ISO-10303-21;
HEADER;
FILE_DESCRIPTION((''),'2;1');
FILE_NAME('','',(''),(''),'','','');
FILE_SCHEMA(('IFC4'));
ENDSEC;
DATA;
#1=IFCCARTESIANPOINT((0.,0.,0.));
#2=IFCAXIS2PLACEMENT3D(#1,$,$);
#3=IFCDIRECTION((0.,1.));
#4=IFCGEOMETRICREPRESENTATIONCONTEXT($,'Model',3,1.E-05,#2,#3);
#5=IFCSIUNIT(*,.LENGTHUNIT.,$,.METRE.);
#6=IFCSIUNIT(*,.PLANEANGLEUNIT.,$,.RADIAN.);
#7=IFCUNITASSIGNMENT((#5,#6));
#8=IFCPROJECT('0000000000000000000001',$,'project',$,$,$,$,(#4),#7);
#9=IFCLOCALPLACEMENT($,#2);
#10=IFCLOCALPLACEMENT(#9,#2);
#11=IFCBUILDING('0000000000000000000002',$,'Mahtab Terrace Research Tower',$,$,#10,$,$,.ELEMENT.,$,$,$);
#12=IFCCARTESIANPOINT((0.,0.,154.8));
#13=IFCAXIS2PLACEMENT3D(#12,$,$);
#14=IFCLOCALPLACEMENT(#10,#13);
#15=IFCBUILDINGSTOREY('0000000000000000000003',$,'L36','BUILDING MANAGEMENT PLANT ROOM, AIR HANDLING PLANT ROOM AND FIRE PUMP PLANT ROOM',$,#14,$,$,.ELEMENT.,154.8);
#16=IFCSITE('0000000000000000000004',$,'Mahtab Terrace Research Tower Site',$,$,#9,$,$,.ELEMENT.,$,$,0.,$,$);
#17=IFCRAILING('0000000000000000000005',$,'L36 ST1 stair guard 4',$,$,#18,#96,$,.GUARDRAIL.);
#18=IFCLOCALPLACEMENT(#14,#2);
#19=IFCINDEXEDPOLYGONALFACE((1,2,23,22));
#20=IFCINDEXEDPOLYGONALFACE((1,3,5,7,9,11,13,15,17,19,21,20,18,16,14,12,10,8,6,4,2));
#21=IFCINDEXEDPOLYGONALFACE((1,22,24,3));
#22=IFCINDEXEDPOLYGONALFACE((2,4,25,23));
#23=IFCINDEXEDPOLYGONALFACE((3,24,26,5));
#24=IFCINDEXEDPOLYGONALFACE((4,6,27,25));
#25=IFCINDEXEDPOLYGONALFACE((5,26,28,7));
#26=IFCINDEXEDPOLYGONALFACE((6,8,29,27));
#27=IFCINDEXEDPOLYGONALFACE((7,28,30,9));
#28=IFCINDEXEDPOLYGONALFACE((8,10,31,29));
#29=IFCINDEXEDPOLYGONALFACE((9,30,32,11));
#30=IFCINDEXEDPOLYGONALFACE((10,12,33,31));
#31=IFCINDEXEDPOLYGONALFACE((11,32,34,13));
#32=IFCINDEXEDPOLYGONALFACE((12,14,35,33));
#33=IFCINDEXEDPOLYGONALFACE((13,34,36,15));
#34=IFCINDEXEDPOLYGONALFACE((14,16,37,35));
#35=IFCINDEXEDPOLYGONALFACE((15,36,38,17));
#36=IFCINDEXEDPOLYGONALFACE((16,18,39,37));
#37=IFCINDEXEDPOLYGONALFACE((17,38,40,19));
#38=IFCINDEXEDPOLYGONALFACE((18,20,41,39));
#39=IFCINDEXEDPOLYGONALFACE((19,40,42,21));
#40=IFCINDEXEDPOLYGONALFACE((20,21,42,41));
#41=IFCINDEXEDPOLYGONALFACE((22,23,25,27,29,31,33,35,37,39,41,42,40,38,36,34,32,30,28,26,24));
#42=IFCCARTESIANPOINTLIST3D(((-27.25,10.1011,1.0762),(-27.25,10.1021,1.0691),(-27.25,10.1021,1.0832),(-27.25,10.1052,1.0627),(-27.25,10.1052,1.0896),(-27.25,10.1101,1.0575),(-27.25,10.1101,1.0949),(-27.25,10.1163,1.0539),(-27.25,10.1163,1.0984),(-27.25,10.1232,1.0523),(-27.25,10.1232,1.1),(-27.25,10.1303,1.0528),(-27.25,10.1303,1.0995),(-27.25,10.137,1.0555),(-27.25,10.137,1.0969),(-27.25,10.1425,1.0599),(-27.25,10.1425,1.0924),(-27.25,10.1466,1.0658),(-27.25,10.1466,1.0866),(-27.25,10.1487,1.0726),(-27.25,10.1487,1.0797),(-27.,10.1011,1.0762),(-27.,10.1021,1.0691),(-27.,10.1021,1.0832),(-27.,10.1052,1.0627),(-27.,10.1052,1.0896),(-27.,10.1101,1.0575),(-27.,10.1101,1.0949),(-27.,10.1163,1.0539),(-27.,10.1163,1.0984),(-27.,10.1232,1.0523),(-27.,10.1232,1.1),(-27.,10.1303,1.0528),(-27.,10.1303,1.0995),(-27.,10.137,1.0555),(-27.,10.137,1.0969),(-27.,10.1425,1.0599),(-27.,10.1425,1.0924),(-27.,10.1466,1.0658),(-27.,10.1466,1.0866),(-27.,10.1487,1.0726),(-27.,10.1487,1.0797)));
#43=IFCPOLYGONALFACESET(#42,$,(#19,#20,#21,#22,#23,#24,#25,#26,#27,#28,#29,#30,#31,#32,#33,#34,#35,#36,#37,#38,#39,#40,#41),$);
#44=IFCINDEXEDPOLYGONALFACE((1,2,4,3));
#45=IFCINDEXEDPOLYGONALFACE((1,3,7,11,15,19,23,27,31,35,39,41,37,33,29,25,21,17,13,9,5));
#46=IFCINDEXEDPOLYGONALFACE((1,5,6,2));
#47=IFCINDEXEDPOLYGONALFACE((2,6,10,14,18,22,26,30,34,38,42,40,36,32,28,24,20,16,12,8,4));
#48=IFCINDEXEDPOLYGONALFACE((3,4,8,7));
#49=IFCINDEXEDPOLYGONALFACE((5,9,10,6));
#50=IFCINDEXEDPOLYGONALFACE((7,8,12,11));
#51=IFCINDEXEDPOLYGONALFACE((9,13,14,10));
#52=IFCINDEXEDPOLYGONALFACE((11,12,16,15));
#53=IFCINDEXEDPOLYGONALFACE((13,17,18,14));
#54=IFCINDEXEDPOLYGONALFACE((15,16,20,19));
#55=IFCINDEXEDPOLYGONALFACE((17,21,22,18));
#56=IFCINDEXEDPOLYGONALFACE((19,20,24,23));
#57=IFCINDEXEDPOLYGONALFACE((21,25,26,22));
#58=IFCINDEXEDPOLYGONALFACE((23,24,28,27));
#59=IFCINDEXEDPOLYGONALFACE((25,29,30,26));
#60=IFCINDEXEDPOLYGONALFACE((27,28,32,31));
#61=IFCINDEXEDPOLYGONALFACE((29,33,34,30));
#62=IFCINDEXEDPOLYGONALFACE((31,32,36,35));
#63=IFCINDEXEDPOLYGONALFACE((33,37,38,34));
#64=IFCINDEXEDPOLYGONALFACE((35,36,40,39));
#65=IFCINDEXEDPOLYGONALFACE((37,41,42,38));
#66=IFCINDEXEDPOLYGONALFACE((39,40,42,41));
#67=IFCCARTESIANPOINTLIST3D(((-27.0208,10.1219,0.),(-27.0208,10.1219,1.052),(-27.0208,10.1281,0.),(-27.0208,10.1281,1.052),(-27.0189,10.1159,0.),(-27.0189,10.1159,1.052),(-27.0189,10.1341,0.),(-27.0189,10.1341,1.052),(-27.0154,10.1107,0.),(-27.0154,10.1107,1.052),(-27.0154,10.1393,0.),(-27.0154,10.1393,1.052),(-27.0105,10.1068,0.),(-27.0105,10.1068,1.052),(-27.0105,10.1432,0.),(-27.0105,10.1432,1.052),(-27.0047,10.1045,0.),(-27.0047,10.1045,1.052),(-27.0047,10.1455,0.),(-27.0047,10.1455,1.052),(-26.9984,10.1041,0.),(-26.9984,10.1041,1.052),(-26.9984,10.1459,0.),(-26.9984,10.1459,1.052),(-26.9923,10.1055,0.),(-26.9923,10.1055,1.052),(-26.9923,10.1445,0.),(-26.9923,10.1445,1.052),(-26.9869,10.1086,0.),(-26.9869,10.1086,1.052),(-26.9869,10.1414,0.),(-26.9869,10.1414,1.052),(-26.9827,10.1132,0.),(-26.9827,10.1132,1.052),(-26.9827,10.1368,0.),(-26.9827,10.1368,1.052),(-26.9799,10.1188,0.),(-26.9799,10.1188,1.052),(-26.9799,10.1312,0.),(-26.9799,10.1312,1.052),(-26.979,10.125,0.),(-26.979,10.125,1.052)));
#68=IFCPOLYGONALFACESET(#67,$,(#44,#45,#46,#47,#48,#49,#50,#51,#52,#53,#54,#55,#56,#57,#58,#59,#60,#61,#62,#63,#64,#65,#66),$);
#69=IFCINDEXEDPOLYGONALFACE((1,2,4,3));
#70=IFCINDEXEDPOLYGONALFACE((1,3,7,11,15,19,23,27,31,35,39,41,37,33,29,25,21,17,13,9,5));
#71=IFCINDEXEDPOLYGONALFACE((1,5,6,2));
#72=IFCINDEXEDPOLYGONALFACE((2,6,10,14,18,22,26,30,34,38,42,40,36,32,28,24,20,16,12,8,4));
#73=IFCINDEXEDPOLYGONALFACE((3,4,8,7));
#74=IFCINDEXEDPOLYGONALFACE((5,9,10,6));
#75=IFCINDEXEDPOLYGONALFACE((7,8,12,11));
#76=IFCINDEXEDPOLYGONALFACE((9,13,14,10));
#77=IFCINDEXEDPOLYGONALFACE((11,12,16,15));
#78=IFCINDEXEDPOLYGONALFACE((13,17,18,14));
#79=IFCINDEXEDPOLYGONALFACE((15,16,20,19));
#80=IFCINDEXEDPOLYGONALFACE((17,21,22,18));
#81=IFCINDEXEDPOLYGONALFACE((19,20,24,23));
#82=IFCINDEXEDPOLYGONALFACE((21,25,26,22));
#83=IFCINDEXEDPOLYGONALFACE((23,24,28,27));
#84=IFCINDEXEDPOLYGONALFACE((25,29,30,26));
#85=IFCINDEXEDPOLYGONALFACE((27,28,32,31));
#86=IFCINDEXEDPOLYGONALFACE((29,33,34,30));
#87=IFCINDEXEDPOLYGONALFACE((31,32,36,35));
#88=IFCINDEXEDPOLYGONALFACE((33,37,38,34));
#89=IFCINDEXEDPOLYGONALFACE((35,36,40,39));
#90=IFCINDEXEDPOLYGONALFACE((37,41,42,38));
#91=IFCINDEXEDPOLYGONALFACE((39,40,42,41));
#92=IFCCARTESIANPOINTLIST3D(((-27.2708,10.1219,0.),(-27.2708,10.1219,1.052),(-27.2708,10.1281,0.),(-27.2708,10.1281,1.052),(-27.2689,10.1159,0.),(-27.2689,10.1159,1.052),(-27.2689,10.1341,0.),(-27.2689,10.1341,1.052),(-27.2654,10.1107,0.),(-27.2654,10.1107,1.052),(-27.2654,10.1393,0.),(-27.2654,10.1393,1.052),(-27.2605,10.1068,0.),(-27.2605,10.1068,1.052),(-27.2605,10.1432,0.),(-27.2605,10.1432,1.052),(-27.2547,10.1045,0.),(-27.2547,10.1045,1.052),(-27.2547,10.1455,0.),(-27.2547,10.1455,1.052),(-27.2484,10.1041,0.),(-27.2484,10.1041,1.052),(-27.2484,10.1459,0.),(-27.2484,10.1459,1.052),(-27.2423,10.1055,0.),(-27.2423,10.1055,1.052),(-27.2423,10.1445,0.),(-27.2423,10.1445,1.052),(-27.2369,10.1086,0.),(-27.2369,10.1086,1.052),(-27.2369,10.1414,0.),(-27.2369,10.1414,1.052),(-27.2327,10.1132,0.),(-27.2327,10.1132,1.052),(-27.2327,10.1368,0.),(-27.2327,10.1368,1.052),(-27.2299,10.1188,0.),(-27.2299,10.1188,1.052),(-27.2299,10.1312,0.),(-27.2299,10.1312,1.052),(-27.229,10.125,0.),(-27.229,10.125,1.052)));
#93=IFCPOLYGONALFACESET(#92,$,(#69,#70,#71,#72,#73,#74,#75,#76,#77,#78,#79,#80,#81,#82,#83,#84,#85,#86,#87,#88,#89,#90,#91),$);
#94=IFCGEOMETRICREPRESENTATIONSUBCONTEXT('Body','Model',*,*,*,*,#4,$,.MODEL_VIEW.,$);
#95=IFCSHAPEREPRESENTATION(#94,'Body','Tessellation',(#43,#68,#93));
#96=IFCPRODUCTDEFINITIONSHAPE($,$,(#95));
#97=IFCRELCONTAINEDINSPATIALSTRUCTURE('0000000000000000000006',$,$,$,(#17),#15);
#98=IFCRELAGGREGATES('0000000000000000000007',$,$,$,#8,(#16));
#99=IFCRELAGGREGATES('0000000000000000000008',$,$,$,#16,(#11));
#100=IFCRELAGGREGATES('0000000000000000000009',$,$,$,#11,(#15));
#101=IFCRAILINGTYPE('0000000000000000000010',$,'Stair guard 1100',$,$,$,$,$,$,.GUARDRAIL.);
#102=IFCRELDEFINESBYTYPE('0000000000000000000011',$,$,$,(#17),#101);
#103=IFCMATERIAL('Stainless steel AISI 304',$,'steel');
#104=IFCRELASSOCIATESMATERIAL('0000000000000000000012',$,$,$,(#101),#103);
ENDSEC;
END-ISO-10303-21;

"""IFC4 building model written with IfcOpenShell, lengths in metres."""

from ifc_helpers import new_model, si_unit, direction, frame, origin, origin_2d, place, context, subcontext, project, spatial, circle, extrude, material, type_object, element, save


model = new_model("IFC4")

# Units and contexts
model_context = context("Model", 3, precision=1e-05, world=origin(), true_north=direction((0.0, 1.0)))
body_context = subcontext(model_context, "Body", "Model", "MODEL_VIEW")
ifc_project = project(units=[si_unit("LENGTHUNIT", "METRE"), si_unit("PLANEANGLEUNIT", "RADIAN")], contexts=[model_context])

# Site, building, storey
site_placement = place(None, origin())
site = spatial("IfcSite", under=ifc_project, at=site_placement, Name="Mahtab Terrace Research Tower Site", CompositionType="ELEMENT", RefElevation=0.0)
building_placement = place(site_placement, origin())
building = spatial("IfcBuilding", under=site, at=building_placement, Name="Mahtab Terrace Research Tower", CompositionType="ELEMENT")
storey_placement = place(building_placement, frame((0.0, 0.0, 154.8)))
storey = spatial("IfcBuildingStorey", under=building, at=storey_placement, Name="L36", Description="BUILDING MANAGEMENT PLANT ROOM, AIR HANDLING PLANT ROOM AND FIRE PUMP PLANT ROOM", CompositionType="ELEMENT", Elevation=154.8)

# Railing
ifc_material_1 = material(Name="Stainless steel AISI 304", Category="steel")
railing_type_1 = type_object("IfcRailingType", Name="Stair guard 1100", PredefinedType="GUARDRAIL", material=ifc_material_1)
railing_1_placement = place(storey_placement, frame((-27.0, 10.125, 0.0)))
element("IfcRailing", 1, at=railing_1_placement, inside=storey, type_object=railing_type_1, Name="L36 ST1 stair guard 4", PredefinedType="GUARDRAIL", context=body_context, shape_type="SweptSolid", body=[
    extrude(circle(Radius=0.0239, at=origin_2d()), frame((0.0, 0.0, 1.0762), z_axis=(-1.0, 0.0, 0.0), x_axis=(0.0, -1.0, 0.0)), (0.0, 0.0, 1.0), 0.25),
    extrude(circle(Radius=0.021, at=origin_2d()), origin(), (0.0, 0.0, 1.0), 1.052),
    extrude(circle(Radius=0.021, at=origin_2d()), frame((-0.25, 0.0, 0.0)), (0.0, 0.0, 1.0), 1.052),
])

save(model, "model.ifc")
